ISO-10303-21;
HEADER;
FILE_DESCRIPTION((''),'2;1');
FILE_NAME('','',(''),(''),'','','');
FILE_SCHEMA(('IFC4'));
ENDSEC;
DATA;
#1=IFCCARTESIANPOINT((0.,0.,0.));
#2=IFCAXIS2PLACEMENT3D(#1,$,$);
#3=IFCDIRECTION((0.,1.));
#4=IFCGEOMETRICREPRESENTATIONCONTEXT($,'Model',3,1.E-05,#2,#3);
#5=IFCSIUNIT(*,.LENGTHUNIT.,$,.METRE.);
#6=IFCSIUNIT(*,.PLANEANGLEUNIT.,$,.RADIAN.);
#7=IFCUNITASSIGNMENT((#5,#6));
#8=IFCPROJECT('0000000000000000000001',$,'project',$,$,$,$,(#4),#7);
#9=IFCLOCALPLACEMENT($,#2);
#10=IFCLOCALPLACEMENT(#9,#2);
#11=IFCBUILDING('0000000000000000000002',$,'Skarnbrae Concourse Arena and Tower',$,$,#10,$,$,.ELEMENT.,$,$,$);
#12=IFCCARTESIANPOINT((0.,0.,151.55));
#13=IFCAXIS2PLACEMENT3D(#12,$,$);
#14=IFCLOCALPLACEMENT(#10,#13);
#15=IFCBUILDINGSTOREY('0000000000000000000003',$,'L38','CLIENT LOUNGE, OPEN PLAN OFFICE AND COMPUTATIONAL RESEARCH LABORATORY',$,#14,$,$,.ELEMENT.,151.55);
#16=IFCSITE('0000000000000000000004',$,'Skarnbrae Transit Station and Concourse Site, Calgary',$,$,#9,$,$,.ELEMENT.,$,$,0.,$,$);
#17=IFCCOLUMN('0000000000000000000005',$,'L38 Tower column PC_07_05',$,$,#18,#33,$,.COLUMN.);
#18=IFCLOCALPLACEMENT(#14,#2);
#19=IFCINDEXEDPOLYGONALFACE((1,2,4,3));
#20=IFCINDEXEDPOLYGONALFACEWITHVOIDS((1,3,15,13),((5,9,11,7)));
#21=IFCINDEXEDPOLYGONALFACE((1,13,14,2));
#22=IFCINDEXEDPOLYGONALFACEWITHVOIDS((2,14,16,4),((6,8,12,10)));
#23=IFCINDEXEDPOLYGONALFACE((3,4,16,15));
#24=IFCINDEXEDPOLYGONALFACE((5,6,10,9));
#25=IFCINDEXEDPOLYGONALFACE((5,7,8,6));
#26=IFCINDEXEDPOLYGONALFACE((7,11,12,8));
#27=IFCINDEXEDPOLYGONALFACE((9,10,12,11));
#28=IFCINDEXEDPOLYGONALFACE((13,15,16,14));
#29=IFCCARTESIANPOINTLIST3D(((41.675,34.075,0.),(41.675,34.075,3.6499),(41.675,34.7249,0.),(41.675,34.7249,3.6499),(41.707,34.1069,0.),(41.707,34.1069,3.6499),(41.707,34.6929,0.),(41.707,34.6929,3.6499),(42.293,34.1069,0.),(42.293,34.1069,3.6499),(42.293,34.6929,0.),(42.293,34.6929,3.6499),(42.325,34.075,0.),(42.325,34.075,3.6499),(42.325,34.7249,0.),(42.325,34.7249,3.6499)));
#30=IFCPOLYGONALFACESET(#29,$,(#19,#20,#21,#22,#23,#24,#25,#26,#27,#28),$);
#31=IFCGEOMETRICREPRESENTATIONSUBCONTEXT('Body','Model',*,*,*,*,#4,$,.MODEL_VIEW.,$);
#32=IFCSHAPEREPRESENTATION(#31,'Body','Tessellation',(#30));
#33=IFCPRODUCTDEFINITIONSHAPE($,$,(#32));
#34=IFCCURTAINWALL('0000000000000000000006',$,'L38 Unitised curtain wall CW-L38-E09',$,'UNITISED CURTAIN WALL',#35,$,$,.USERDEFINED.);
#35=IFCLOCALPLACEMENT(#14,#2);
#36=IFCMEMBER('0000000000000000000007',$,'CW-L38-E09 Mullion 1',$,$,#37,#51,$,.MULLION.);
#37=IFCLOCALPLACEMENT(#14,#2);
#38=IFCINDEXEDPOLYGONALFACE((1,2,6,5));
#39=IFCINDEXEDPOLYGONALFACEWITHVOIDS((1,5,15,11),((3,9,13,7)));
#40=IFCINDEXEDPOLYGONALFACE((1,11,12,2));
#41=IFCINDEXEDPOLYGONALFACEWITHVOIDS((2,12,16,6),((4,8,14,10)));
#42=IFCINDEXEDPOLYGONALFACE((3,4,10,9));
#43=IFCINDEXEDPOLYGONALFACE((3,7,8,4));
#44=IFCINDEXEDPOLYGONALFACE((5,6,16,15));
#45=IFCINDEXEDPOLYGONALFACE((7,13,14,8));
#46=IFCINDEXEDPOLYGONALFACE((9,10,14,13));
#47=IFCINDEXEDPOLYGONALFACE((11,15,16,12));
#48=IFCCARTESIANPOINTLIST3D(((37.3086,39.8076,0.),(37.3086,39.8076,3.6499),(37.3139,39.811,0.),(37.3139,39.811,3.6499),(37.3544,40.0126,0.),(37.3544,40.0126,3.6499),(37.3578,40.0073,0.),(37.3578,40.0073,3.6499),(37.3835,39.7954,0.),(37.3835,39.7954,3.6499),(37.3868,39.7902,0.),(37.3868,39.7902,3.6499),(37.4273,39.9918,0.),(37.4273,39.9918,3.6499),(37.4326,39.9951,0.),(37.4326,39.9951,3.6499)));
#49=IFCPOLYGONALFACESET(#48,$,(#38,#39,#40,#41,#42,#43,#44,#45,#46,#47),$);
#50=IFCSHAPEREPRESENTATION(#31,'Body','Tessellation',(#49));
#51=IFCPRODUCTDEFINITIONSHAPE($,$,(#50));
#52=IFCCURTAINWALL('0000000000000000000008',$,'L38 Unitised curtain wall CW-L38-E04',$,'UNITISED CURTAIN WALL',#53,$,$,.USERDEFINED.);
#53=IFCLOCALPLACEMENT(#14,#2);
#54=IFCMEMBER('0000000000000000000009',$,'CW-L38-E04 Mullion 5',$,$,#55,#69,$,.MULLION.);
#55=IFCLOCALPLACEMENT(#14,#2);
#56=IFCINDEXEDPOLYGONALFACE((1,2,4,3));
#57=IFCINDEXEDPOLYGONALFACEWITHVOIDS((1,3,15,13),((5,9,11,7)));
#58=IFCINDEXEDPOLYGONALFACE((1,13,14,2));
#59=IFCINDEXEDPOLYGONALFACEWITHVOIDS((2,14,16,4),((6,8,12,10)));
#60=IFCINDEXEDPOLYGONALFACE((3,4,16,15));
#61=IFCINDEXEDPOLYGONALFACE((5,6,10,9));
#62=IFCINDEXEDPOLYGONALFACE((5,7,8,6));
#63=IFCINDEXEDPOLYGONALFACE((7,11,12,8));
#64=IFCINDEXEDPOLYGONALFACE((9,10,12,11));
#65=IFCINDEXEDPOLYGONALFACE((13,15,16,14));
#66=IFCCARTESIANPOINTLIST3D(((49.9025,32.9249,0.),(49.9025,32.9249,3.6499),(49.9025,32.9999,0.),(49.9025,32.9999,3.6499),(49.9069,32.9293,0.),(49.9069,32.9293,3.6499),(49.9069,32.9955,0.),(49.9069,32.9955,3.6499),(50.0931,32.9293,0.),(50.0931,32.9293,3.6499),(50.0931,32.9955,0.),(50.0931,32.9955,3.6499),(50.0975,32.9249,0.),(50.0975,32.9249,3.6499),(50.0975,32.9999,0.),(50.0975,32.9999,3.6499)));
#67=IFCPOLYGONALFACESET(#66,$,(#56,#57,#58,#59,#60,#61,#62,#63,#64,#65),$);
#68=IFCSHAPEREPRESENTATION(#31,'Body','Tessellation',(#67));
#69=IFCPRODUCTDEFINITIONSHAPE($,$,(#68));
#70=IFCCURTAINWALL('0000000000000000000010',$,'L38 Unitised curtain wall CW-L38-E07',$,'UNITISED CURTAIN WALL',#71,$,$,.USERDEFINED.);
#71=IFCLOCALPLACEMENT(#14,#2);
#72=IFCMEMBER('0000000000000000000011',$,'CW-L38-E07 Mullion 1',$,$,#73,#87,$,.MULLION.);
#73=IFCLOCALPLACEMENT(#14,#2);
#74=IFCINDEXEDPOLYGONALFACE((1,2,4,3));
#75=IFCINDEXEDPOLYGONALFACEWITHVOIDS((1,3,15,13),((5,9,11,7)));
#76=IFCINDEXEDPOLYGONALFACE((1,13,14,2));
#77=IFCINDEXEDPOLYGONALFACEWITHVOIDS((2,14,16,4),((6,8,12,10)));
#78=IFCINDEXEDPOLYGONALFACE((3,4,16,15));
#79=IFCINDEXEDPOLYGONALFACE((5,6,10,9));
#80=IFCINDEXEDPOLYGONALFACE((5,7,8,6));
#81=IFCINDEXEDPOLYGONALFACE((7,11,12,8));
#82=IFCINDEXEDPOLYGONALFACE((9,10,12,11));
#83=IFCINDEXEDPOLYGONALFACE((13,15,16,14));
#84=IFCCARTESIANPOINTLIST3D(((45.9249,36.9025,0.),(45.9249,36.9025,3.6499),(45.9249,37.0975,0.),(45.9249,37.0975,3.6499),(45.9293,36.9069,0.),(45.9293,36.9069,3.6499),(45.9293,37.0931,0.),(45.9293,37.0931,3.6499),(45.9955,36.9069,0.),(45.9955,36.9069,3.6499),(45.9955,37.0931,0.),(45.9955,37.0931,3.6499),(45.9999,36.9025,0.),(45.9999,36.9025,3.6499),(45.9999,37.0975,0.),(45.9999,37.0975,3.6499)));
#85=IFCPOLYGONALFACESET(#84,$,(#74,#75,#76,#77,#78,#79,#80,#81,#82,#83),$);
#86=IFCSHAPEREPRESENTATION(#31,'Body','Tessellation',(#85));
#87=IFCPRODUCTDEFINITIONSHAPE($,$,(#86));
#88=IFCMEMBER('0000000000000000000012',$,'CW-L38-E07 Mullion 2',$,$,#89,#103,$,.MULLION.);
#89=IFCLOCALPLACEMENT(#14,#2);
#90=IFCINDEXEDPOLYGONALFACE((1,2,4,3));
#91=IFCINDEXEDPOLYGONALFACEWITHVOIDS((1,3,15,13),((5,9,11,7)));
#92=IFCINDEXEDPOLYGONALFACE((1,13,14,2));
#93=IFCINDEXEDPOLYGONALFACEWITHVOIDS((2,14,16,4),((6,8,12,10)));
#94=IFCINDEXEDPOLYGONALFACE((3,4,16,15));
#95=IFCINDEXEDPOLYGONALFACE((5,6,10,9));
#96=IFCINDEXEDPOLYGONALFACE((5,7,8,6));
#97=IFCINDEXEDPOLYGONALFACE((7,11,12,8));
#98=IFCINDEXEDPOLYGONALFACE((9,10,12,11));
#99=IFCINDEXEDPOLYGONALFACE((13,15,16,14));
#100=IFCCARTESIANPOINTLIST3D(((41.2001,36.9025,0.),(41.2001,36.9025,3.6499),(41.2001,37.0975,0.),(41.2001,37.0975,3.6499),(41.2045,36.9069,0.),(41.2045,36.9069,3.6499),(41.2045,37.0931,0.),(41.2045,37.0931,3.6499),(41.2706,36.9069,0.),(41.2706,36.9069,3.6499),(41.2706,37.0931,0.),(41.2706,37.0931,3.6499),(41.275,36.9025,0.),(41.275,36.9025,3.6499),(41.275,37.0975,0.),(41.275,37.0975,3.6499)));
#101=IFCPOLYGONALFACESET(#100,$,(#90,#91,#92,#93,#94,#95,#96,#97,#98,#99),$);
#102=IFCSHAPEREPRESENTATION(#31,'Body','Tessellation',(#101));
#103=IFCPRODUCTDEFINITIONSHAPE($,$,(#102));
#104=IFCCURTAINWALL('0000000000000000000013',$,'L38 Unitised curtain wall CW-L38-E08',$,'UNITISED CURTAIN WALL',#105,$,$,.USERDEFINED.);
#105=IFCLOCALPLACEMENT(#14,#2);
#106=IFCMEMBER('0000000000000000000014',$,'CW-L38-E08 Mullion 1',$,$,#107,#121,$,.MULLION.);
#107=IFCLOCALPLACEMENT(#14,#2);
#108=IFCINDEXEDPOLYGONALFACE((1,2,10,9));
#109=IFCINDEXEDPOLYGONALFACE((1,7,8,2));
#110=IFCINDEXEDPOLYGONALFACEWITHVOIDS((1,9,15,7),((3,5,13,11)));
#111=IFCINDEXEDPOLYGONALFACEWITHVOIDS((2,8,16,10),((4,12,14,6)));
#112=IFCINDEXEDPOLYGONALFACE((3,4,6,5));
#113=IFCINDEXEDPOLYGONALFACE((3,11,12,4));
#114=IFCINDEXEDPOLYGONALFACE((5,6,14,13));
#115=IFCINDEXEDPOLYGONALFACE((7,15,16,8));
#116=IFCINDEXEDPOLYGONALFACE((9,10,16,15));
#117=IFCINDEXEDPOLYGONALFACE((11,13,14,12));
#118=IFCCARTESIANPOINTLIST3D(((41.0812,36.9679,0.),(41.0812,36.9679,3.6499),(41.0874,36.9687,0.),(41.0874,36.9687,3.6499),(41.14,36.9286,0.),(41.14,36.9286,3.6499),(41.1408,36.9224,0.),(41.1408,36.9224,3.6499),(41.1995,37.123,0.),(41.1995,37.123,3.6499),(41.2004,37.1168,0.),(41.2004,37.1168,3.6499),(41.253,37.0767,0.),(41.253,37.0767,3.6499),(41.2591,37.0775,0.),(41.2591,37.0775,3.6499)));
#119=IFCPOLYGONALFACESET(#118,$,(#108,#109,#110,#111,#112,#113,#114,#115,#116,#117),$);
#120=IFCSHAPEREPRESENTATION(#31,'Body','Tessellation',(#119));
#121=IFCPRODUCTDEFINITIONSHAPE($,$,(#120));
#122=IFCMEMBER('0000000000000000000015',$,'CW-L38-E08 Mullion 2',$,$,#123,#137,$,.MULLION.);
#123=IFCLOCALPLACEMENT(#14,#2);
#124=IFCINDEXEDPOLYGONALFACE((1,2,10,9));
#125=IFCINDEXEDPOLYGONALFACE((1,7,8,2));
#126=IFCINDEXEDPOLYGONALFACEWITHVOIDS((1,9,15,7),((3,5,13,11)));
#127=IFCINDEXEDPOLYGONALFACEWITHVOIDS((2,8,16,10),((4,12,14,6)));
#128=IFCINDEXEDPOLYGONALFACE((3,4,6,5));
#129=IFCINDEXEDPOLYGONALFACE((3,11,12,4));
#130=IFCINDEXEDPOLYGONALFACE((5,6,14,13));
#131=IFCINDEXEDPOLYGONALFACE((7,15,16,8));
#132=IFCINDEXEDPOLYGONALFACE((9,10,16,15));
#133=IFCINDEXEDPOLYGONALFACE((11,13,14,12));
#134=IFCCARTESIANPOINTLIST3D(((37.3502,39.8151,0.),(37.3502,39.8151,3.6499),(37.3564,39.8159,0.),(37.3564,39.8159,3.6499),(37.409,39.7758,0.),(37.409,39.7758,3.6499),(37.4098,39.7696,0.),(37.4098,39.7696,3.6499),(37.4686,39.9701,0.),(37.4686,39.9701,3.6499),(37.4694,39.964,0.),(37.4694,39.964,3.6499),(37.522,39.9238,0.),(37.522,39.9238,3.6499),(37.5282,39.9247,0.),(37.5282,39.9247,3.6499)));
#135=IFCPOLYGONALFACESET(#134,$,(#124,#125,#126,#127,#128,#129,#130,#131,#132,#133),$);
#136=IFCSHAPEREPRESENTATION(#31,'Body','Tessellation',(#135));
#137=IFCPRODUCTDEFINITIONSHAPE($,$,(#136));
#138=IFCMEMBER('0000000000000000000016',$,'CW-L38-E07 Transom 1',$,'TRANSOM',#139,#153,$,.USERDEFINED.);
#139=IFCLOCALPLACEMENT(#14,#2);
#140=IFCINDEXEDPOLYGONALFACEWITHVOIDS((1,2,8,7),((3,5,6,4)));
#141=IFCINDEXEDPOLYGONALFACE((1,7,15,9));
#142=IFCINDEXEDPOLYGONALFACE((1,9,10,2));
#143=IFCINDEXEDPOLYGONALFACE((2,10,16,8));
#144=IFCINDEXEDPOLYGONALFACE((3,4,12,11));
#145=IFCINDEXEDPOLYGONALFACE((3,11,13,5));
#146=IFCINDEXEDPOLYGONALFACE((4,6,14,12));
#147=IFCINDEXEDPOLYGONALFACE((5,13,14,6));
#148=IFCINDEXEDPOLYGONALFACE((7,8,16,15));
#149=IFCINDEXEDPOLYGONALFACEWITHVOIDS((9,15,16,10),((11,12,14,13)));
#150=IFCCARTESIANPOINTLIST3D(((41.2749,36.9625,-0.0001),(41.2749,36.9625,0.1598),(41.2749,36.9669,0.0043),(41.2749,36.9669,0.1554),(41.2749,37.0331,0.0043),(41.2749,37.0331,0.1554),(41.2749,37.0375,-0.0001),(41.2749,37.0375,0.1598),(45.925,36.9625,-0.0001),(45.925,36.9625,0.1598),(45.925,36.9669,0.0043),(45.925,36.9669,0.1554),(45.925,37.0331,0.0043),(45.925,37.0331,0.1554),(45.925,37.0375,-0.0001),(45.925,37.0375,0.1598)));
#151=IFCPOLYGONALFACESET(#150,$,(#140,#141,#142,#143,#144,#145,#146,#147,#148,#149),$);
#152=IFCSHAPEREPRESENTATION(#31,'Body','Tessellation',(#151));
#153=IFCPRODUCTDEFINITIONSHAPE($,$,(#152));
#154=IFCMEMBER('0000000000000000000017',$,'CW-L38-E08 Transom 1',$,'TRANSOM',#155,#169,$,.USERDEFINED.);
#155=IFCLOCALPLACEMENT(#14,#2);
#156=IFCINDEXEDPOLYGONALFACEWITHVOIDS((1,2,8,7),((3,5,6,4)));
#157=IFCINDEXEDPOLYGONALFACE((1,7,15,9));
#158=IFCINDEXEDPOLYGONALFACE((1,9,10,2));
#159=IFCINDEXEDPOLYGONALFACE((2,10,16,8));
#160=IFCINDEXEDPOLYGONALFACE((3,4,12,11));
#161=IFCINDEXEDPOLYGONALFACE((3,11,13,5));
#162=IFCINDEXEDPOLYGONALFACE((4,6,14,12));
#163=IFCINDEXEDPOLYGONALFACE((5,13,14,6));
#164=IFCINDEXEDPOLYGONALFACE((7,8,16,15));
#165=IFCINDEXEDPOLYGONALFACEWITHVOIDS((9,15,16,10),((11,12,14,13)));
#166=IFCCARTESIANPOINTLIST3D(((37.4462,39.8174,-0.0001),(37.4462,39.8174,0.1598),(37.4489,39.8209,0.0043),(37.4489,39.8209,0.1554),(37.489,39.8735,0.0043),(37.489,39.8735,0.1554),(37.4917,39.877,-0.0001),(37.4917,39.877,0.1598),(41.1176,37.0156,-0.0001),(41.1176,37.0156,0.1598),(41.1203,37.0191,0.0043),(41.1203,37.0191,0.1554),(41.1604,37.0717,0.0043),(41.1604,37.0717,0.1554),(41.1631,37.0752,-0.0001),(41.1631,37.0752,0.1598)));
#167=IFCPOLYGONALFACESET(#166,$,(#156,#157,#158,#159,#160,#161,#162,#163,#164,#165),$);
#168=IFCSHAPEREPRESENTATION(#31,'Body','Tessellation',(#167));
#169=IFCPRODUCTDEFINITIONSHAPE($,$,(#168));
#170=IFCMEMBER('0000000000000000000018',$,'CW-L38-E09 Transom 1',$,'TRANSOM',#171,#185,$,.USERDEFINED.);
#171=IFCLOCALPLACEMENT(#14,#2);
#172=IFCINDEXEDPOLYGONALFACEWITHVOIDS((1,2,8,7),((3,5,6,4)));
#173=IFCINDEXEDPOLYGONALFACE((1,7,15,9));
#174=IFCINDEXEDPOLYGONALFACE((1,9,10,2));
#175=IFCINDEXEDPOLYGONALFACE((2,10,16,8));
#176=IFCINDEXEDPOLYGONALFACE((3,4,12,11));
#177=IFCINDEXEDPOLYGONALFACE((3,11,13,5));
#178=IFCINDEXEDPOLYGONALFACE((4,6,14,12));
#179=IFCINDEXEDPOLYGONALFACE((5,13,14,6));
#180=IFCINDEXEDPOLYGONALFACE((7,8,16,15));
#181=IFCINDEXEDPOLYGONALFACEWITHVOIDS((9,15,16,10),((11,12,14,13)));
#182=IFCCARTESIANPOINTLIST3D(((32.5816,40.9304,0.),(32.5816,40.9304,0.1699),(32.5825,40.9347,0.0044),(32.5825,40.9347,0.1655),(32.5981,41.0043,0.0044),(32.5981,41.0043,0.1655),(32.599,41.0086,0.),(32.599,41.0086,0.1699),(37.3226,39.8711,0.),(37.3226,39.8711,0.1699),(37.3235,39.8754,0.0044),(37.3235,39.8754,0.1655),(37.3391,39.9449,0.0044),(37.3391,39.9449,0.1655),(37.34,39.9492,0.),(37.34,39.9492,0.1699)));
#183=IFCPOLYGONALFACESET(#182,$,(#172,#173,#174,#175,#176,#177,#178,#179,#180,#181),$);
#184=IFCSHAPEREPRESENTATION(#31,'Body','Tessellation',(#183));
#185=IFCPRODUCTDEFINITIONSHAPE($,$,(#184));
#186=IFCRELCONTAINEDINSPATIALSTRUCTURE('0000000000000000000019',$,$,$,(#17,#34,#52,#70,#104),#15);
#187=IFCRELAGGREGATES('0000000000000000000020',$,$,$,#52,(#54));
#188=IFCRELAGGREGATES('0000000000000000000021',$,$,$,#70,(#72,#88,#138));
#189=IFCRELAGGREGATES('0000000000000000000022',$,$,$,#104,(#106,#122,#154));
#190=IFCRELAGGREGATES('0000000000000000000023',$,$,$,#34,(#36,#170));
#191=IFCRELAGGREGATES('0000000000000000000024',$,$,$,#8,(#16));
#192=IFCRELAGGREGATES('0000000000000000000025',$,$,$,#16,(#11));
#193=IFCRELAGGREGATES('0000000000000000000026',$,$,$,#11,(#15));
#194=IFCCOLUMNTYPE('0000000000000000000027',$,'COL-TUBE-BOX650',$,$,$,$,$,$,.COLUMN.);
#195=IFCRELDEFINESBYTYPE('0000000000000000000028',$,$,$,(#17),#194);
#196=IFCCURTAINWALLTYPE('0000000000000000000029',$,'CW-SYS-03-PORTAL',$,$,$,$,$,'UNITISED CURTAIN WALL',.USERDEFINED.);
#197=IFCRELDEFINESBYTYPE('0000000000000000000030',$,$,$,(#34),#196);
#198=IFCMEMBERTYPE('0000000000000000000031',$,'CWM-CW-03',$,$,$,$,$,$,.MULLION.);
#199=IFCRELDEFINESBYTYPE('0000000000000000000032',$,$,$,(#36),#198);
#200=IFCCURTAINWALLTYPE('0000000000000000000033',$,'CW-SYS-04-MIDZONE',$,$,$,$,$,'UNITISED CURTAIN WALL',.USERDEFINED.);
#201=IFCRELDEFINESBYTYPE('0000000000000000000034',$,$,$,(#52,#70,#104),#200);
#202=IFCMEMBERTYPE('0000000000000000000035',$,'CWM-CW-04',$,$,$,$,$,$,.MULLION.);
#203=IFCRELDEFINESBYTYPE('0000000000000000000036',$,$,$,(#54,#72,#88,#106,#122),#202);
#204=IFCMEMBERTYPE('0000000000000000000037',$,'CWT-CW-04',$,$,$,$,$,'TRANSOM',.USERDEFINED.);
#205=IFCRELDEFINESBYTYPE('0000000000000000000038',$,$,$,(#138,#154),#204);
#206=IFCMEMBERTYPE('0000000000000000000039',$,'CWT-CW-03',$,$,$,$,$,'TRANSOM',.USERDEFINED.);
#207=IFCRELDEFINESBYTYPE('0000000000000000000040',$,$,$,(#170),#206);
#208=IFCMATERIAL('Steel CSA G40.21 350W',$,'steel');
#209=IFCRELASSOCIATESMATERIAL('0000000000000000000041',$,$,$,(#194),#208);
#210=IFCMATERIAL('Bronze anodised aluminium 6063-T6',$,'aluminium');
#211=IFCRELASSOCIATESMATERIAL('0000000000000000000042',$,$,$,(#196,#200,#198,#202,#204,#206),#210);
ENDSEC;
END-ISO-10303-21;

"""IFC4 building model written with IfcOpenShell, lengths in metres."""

from ifc_helpers import new_model, si_unit, direction, frame, origin, origin_2d, place, context, subcontext, project, spatial, hollow_rectangle, extrude, source, transform, mapped, material, material_profile, profile_set, type_object, element, aggregate, save


model = new_model("IFC4")

# Units and contexts
model_context = context("Model", 3, precision=1e-05, world=origin(), true_north=direction((0.0, 1.0)))
body_context = subcontext(model_context, "Body", "Model", "MODEL_VIEW")
ifc_project = project(units=[si_unit("LENGTHUNIT", "METRE"), si_unit("PLANEANGLEUNIT", "RADIAN")], contexts=[model_context])

# Site, building, storey
site_placement = place(None, origin())
site = spatial("IfcSite", under=ifc_project, at=site_placement, Name="Skarnbrae Transit Station and Concourse Site, Calgary", CompositionType="ELEMENT", RefElevation=0.0)
building_placement = place(site_placement, origin())
building = spatial("IfcBuilding", under=site, at=building_placement, Name="Skarnbrae Concourse Arena and Tower", CompositionType="ELEMENT")
storey_placement = place(building_placement, frame((0.0, 0.0, 151.55)))
storey = spatial("IfcBuildingStorey", under=building, at=storey_placement, Name="L38", Description="CLIENT LOUNGE, OPEN PLAN OFFICE AND COMPUTATIONAL RESEARCH LABORATORY", CompositionType="ELEMENT", Elevation=151.55)

# Column
ifc_material_1 = material(Name="Steel CSA G40.21 350W", Category="steel")
ifc_material_profile_1 = material_profile(ifc_material_1, hollow_rectangle(XDim=0.6499, YDim=0.6499, WallThickness=0.032, at=origin_2d()), Name="BOX650X650X32")
ifc_profile_set_1 = profile_set([ifc_material_profile_1], Name="Steel CSA G40.21 350W")
column_type = type_object("IfcColumnType", Name="COL-TUBE-BOX650", PredefinedType="COLUMN", material=ifc_profile_set_1)
shared_shape_1 = source(origin(), body_context, "Body", "SweptSolid", [
    extrude(hollow_rectangle(XDim=0.6499, YDim=0.6499, WallThickness=0.032, at=origin_2d()), origin(), (0.0, 0.0, 1.0), 3.6499),
])
column_placement = place(storey_placement, frame((42.0, 34.3999, 0.0), z_axis=(0.0, 0.0, 1.0), x_axis=(1.0, 0.0, 0.0)))
element("IfcColumn", 1, at=column_placement, inside=storey, type_object=column_type, Name="L38 Tower column PC_07_05", PredefinedType="COLUMN", context=body_context, shape_type="MappedRepresentation", body=[
    mapped(shared_shape_1, transform((0.0, 0.0, 0.0))),
])

# Curtain walls, members
ifc_material_2 = material(Name="Bronze anodised aluminium 6063-T6", Category="aluminium")
curtain_wall_type_1 = type_object("IfcCurtainWallType", Name="CW-SYS-03-PORTAL", ElementType="UNITISED CURTAIN WALL", PredefinedType="USERDEFINED", material=ifc_material_2)
curtain_wall_1_placement = place(storey_placement, origin())
curtain_wall_1 = element("IfcCurtainWall", 2, at=curtain_wall_1_placement, inside=storey, type_object=curtain_wall_type_1, Name="L38 Unitised curtain wall CW-L38-E09", ObjectType="UNITISED CURTAIN WALL", PredefinedType="USERDEFINED")
ifc_material_profile_2 = material_profile(ifc_material_2, hollow_rectangle(XDim=0.0801, YDim=0.21, WallThickness=0.0044, at=origin_2d()), Name="ALU-MULL-80X210")
ifc_profile_set_2 = profile_set([ifc_material_profile_2], Name="Bronze anodised aluminium 6063-T6")
member_type_1 = type_object("IfcMemberType", Name="CWM-CW-03", PredefinedType="MULLION", material=ifc_profile_set_2)
shared_shape_2 = source(origin(), body_context, "Body", "SweptSolid", [
    extrude(hollow_rectangle(XDim=0.0801, YDim=0.21, WallThickness=0.0044, at=origin_2d()), origin(), (0.0, 0.0, 1.0), 3.6499),
])
member_1_placement = place(storey_placement, frame((37.3706, 39.9014, 0.0), z_axis=(0.0, 0.0, 1.0), x_axis=(-0.975936, 0.218056, 0.0)))
member_1 = element("IfcMember", 3, at=member_1_placement, type_object=member_type_1, Name="CW-L38-E09 Mullion 1", PredefinedType="MULLION", context=body_context, shape_type="MappedRepresentation", body=[
    mapped(shared_shape_2, transform((0.0, 0.0, 0.0))),
])
curtain_wall_type_2 = type_object("IfcCurtainWallType", Name="CW-SYS-04-MIDZONE", ElementType="UNITISED CURTAIN WALL", PredefinedType="USERDEFINED", material=ifc_material_2)
curtain_wall_2_placement = place(storey_placement, origin())
curtain_wall_2 = element("IfcCurtainWall", 4, at=curtain_wall_2_placement, inside=storey, type_object=curtain_wall_type_2, Name="L38 Unitised curtain wall CW-L38-E04", ObjectType="UNITISED CURTAIN WALL", PredefinedType="USERDEFINED")
ifc_material_profile_3 = material_profile(ifc_material_2, hollow_rectangle(XDim=0.075, YDim=0.1951, WallThickness=0.0044, at=origin_2d()), Name="ALU-MULL-75X195")
ifc_profile_set_3 = profile_set([ifc_material_profile_3], Name="Bronze anodised aluminium 6063-T6")
member_type_2 = type_object("IfcMemberType", Name="CWM-CW-04", PredefinedType="MULLION", material=ifc_profile_set_3)
shared_shape_3 = source(origin(), body_context, "Body", "SweptSolid", [
    extrude(hollow_rectangle(XDim=0.075, YDim=0.1951, WallThickness=0.0044, at=origin_2d()), origin(), (0.0, 0.0, 1.0), 3.6499),
])
member_2_placement = place(storey_placement, frame((50.0, 32.9624, 0.0), z_axis=(0.0, 0.0, 1.0), x_axis=(0.0, 1.0, 0.0)))
member_2 = element("IfcMember", 5, at=member_2_placement, type_object=member_type_2, Name="CW-L38-E04 Mullion 5", PredefinedType="MULLION", context=body_context, shape_type="MappedRepresentation", body=[
    mapped(shared_shape_3, transform((0.0, 0.0, 0.0))),
])
aggregate(curtain_wall_2, [member_2])

# Curtain walls, members
curtain_wall_3_placement = place(storey_placement, origin())
curtain_wall_3 = element("IfcCurtainWall", 6, at=curtain_wall_3_placement, inside=storey, type_object=curtain_wall_type_2, Name="L38 Unitised curtain wall CW-L38-E07", ObjectType="UNITISED CURTAIN WALL", PredefinedType="USERDEFINED")
member_3_placement = place(storey_placement, frame((45.9624, 37.0, 0.0), z_axis=(0.0, 0.0, 1.0), x_axis=(-1.0, 0.0, 0.0)))
member_3 = element("IfcMember", 7, at=member_3_placement, type_object=member_type_2, Name="CW-L38-E07 Mullion 1", PredefinedType="MULLION", context=body_context, shape_type="MappedRepresentation", body=[
    mapped(shared_shape_3, transform((0.0, 0.0, 0.0))),
])
member_4_placement = place(storey_placement, frame((41.2375, 37.0, 0.0), z_axis=(0.0, 0.0, 1.0), x_axis=(-1.0, 0.0, 0.0)))
member_4 = element("IfcMember", 8, at=member_4_placement, type_object=member_type_2, Name="CW-L38-E07 Mullion 2", PredefinedType="MULLION", context=body_context, shape_type="MappedRepresentation", body=[
    mapped(shared_shape_3, transform((0.0, 0.0, 0.0))),
])
curtain_wall_4_placement = place(storey_placement, origin())
curtain_wall_4 = element("IfcCurtainWall", 9, at=curtain_wall_4_placement, inside=storey, type_object=curtain_wall_type_2, Name="L38 Unitised curtain wall CW-L38-E08", ObjectType="UNITISED CURTAIN WALL", PredefinedType="USERDEFINED")
member_5_placement = place(storey_placement, frame((41.1702, 37.0227, 0.0), z_axis=(0.0, 0.0, 1.0), x_axis=(-0.794956, 0.606667, 0.0)))
member_5 = element("IfcMember", 10, at=member_5_placement, type_object=member_type_2, Name="CW-L38-E08 Mullion 1", PredefinedType="MULLION", context=body_context, shape_type="MappedRepresentation", body=[
    mapped(shared_shape_3, transform((0.0, 0.0, 0.0))),
])
member_6_placement = place(storey_placement, frame((37.4392, 39.8699, 0.0), z_axis=(0.0, 0.0, 1.0), x_axis=(-0.794956, 0.606667, 0.0)))
member_6 = element("IfcMember", 11, at=member_6_placement, type_object=member_type_2, Name="CW-L38-E08 Mullion 2", PredefinedType="MULLION", context=body_context, shape_type="MappedRepresentation", body=[
    mapped(shared_shape_3, transform((0.0, 0.0, 0.0))),
])

# Members
ifc_material_profile_4 = material_profile(ifc_material_2, hollow_rectangle(XDim=0.075, YDim=0.1599, WallThickness=0.0044, at=origin_2d()), Name="ALU-TRAN-75X160")
ifc_profile_set_4 = profile_set([ifc_material_profile_4], Name="Bronze anodised aluminium 6063-T6")
member_type_3 = type_object("IfcMemberType", Name="CWT-CW-04", ElementType="TRANSOM", PredefinedType="USERDEFINED", material=ifc_profile_set_4)
shared_shape_4 = source(origin(), body_context, "Body", "SweptSolid", [
    extrude(hollow_rectangle(XDim=0.075, YDim=0.1599, WallThickness=0.0044, at=origin_2d()), origin(), (0.0, 0.0, 1.0), 4.6501),
])
member_7_placement = place(storey_placement, frame((45.925, 37.0, 0.0798), z_axis=(-1.0, 0.0, 0.0), x_axis=(0.0, -1.0, 0.0)))
member_7 = element("IfcMember", 12, at=member_7_placement, type_object=member_type_3, Name="CW-L38-E07 Transom 1", ObjectType="TRANSOM", PredefinedType="USERDEFINED", context=body_context, shape_type="MappedRepresentation", body=[
    mapped(shared_shape_4, transform((0.0, 0.0, 0.0))),
])
shared_shape_5 = source(origin(), body_context, "Body", "SweptSolid", [
    extrude(hollow_rectangle(XDim=0.075, YDim=0.1599, WallThickness=0.0044, at=origin_2d()), origin(), (0.0, 0.0, 1.0), 4.6184),
])
member_8_placement = place(storey_placement, frame((41.1404, 37.0454, 0.0798), z_axis=(-0.794961, 0.606661, 0.0), x_axis=(-0.606661, -0.794961, 0.0)))
member_8 = element("IfcMember", 13, at=member_8_placement, type_object=member_type_3, Name="CW-L38-E08 Transom 1", ObjectType="TRANSOM", PredefinedType="USERDEFINED", context=body_context, shape_type="MappedRepresentation", body=[
    mapped(shared_shape_5, transform((0.0, 0.0, 0.0))),
])
ifc_material_profile_5 = material_profile(ifc_material_2, hollow_rectangle(XDim=0.0801, YDim=0.1699, WallThickness=0.0044, at=origin_2d()), Name="ALU-TRAN-80X170")
ifc_profile_set_5 = profile_set([ifc_material_profile_5], Name="Bronze anodised aluminium 6063-T6")
member_type_4 = type_object("IfcMemberType", Name="CWT-CW-03", ElementType="TRANSOM", PredefinedType="USERDEFINED", material=ifc_profile_set_5)
shared_shape_6 = source(origin(), body_context, "Body", "SweptSolid", [
    extrude(hollow_rectangle(XDim=0.0801, YDim=0.1699, WallThickness=0.0044, at=origin_2d()), origin(), (0.0, 0.0, 1.0), 4.8579),
])
member_9_placement = place(storey_placement, frame((37.3313, 39.9102, 0.085), z_axis=(-0.975935, 0.218064, 0.0), x_axis=(-0.218064, -0.975935, 0.0)))
member_9 = element("IfcMember", 14, at=member_9_placement, type_object=member_type_4, Name="CW-L38-E09 Transom 1", ObjectType="TRANSOM", PredefinedType="USERDEFINED", context=body_context, shape_type="MappedRepresentation", body=[
    mapped(shared_shape_6, transform((0.0, 0.0, 0.0))),
])

aggregate(curtain_wall_3, [member_3, member_4, member_7])
aggregate(curtain_wall_4, [member_5, member_6, member_8])
aggregate(curtain_wall_1, [member_1, member_9])

save(model, "model.ifc")
